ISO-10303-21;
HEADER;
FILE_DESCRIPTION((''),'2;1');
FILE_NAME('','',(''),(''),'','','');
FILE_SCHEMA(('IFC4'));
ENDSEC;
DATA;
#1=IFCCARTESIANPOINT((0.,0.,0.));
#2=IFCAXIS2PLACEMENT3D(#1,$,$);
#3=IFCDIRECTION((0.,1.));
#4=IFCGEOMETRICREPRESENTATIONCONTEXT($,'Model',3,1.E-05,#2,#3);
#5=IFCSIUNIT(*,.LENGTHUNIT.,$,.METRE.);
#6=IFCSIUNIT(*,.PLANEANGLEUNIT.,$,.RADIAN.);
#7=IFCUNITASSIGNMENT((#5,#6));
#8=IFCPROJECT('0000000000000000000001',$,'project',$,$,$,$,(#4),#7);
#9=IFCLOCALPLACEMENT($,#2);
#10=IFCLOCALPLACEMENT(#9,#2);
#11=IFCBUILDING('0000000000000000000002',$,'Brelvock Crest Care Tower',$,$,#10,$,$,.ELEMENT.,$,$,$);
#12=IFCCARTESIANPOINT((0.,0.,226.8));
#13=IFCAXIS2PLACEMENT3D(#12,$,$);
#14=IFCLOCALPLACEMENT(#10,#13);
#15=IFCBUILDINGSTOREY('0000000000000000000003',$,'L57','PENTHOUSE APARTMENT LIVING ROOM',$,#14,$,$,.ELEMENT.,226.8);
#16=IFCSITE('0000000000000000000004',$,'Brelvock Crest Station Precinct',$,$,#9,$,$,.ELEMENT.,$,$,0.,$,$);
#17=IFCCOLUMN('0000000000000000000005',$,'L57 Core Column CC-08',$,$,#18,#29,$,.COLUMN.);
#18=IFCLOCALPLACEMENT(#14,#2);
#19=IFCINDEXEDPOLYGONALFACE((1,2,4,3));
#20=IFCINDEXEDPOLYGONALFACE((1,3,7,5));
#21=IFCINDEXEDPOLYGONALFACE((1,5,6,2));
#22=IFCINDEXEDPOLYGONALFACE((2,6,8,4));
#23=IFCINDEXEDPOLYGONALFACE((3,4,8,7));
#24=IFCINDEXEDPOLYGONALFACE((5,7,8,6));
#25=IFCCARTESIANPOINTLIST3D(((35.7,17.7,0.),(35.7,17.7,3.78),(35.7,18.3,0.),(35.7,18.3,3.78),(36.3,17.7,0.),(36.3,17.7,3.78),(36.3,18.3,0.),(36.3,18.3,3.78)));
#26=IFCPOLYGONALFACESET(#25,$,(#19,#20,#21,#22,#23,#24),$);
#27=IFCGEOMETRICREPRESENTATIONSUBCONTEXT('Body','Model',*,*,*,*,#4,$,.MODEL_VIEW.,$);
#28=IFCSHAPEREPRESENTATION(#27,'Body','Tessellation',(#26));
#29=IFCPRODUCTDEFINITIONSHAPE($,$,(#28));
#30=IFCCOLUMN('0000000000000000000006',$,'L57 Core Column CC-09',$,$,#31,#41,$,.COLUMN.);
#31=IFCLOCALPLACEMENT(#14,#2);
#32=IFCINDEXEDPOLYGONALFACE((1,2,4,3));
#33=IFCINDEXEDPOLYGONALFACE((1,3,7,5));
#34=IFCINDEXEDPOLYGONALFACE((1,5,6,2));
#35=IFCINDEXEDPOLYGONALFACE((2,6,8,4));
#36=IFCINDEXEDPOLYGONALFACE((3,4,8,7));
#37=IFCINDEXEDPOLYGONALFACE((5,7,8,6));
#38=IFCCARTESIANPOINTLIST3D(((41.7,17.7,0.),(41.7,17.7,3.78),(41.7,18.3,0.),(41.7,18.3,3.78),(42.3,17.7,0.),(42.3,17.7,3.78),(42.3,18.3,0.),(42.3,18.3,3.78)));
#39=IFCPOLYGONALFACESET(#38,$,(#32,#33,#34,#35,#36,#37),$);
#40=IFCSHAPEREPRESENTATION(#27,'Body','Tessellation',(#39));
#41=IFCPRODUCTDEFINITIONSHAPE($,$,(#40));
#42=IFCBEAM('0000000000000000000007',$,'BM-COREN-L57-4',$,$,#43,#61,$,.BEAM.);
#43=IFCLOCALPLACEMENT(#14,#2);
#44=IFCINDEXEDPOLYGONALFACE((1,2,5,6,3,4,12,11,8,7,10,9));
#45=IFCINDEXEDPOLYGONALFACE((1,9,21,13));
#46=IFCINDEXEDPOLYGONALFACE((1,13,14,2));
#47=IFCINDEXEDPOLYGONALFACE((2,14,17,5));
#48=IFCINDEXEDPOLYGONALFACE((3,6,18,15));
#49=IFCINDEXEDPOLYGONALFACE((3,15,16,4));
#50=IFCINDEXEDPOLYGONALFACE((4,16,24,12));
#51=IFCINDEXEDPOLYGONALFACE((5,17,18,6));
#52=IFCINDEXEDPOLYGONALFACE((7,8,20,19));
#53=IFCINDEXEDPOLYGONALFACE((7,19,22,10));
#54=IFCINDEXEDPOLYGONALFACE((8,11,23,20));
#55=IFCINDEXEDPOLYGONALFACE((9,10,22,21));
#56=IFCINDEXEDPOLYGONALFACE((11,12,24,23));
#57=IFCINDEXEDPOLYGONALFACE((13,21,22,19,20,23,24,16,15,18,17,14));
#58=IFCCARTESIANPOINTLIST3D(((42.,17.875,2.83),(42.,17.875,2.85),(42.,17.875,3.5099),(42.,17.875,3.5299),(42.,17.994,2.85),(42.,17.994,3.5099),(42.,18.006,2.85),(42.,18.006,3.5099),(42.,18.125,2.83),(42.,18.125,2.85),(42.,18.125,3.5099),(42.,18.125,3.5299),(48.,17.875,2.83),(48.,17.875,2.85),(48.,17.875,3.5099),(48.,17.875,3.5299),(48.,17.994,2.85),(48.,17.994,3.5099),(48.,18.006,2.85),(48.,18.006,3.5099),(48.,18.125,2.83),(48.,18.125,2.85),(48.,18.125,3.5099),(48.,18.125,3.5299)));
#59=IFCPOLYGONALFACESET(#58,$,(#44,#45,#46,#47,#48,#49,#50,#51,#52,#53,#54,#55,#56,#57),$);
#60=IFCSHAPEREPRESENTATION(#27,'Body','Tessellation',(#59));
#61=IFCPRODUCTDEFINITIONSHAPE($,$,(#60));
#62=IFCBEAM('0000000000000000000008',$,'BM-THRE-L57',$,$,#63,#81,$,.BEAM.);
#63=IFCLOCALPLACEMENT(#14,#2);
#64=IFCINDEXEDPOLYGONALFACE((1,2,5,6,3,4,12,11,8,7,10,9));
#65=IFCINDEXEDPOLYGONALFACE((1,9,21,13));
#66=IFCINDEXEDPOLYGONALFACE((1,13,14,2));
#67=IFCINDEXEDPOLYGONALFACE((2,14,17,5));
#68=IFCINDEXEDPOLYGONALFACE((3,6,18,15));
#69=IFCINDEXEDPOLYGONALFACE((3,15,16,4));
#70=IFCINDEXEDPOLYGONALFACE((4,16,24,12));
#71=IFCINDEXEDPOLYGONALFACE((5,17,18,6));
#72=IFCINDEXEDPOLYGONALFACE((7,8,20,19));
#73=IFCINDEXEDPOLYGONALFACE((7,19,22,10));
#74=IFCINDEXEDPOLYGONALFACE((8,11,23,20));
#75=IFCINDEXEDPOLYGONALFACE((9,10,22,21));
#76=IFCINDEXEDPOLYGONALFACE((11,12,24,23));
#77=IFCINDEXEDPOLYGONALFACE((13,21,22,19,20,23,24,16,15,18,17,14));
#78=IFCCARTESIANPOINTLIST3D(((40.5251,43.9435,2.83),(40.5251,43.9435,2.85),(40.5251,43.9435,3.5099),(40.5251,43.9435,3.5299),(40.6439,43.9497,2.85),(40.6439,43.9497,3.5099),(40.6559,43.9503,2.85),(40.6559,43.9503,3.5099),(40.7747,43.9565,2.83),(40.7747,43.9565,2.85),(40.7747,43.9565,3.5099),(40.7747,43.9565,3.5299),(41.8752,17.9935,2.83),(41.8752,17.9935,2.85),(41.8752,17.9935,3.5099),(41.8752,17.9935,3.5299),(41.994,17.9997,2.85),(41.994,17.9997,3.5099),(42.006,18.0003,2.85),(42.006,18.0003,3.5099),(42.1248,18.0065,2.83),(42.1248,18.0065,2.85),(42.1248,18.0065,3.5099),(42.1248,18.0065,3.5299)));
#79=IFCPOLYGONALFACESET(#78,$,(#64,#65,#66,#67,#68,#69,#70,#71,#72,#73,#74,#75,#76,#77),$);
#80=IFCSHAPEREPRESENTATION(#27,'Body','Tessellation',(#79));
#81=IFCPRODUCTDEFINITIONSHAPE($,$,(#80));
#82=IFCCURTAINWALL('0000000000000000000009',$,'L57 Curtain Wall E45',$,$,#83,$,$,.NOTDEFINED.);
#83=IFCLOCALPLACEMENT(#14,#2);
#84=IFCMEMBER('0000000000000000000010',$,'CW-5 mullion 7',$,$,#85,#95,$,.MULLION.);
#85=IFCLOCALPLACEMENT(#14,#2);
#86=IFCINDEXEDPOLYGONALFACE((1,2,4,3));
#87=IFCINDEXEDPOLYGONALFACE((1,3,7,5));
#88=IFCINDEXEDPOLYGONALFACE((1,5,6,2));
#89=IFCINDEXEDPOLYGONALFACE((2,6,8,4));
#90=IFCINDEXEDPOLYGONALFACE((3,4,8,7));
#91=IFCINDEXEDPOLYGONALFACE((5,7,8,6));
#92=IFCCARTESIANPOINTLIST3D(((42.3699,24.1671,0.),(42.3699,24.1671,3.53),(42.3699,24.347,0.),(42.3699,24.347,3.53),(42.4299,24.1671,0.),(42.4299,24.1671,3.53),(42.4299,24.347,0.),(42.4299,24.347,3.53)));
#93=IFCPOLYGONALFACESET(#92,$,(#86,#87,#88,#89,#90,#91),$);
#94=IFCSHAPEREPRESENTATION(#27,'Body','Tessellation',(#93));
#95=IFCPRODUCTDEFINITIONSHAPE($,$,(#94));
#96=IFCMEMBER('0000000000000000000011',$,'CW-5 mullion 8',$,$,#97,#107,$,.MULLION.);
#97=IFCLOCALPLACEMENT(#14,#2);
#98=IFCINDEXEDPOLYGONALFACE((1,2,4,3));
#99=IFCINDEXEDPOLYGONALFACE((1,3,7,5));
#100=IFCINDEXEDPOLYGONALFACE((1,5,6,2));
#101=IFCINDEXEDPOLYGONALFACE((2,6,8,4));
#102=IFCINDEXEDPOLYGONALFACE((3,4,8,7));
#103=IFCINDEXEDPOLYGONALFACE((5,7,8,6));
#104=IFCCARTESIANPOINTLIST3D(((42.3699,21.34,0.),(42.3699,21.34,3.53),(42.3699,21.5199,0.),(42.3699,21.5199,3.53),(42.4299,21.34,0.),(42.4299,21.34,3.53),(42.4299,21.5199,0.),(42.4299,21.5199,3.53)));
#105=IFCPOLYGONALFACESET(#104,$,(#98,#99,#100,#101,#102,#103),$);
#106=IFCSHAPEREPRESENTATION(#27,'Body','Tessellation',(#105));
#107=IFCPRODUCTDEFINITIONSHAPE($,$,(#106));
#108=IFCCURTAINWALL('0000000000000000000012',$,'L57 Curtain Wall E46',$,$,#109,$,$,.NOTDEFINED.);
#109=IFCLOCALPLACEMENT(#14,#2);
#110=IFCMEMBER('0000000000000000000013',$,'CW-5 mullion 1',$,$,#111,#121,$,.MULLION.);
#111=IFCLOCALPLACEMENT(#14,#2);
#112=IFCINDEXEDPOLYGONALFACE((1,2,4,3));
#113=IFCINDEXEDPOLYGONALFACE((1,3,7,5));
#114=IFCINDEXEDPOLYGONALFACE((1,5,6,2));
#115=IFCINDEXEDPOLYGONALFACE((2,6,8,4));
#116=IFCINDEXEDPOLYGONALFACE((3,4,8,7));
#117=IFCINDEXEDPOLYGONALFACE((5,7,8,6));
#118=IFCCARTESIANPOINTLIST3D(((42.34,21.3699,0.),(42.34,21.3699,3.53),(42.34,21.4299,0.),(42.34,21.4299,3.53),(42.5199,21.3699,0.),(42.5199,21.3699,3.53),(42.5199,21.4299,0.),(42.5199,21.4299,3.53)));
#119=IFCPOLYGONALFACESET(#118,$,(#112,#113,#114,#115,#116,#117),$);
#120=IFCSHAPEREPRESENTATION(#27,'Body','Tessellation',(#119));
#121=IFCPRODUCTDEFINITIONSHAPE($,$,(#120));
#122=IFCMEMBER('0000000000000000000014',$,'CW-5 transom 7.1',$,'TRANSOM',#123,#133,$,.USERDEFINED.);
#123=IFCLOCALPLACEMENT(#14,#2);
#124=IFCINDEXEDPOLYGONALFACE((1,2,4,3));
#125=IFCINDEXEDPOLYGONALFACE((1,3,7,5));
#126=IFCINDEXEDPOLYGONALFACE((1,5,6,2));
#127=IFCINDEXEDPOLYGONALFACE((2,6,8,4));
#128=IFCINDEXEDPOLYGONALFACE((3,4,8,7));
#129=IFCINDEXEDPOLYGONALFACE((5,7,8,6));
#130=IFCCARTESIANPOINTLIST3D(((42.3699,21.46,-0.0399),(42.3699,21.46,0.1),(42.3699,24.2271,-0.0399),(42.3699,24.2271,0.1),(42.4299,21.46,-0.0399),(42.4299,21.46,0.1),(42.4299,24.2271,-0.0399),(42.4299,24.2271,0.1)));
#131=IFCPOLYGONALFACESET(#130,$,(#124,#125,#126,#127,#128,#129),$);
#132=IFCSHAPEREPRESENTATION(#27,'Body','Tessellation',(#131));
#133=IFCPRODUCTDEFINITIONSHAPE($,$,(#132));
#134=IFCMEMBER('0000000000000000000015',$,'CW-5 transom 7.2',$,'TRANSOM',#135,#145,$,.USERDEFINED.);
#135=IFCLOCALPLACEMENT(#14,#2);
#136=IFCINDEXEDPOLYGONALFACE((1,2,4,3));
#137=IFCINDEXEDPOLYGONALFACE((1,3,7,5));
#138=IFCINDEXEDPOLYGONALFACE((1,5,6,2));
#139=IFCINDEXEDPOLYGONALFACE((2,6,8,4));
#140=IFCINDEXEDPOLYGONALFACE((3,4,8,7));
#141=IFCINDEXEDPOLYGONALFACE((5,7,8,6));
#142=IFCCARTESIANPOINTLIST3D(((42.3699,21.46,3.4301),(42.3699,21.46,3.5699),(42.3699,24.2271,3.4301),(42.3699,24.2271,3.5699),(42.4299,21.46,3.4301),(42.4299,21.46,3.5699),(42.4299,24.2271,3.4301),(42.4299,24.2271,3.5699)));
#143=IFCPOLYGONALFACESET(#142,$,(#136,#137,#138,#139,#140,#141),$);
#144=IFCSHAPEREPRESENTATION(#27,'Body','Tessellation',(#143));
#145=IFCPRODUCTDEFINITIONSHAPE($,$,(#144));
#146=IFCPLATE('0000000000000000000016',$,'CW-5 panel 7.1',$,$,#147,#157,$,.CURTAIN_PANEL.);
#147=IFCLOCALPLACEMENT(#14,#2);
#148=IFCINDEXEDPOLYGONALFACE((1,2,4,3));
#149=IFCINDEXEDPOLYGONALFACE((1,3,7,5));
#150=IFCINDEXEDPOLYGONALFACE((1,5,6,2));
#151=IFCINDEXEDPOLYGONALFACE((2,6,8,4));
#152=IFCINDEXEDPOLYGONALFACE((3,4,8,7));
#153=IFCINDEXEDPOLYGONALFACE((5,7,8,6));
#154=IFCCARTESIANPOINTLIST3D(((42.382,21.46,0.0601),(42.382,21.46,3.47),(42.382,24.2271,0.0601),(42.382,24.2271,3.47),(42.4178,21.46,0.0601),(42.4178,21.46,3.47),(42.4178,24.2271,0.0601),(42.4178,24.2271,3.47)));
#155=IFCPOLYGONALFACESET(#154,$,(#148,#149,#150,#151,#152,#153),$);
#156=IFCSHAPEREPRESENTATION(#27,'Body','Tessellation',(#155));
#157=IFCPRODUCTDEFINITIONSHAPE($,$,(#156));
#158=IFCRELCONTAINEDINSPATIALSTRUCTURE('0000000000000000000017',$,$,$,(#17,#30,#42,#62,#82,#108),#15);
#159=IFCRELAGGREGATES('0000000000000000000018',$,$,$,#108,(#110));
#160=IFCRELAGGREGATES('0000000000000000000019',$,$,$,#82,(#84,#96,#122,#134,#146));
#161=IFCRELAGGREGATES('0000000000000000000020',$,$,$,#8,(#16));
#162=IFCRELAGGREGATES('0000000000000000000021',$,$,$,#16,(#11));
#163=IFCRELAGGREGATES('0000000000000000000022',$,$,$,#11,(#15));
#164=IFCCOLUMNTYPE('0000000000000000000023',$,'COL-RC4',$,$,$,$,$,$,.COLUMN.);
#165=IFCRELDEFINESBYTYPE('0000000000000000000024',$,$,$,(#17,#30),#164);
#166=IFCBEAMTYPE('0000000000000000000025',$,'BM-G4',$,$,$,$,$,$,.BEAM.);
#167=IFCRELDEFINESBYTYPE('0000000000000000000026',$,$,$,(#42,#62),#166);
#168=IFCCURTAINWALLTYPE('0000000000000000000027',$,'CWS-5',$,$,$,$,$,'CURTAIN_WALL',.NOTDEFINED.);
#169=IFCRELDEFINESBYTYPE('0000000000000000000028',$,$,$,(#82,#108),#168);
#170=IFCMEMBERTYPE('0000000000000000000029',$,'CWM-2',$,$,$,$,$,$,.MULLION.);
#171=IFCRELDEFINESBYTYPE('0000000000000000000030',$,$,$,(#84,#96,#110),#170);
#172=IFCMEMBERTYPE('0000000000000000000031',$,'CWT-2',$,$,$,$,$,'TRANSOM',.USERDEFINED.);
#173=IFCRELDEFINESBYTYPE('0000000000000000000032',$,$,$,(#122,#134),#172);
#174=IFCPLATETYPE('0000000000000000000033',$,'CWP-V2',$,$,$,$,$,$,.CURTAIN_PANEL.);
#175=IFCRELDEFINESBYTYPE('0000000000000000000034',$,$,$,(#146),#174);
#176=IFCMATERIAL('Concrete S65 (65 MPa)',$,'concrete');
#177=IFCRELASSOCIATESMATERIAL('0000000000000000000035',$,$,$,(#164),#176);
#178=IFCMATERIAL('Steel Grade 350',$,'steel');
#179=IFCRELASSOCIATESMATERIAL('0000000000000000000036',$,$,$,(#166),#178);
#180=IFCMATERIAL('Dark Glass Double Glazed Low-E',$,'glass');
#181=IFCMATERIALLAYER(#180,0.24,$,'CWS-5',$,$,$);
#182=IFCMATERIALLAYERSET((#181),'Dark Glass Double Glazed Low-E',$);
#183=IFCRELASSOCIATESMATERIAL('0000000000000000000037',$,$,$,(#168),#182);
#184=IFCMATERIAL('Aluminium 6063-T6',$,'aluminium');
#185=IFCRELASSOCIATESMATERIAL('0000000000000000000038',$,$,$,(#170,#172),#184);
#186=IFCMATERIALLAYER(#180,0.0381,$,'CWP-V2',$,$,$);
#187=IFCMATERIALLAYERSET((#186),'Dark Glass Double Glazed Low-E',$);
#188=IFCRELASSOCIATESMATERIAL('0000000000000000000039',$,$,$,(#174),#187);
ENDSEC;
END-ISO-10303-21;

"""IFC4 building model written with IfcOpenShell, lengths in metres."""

from ifc_helpers import new_model, si_unit, direction, frame, origin, origin_2d, place, context, subcontext, project, spatial, rectangle, i_section, extrude, source, transform, mapped, material, layer, layer_set, material_profile, profile_set, type_object, element, aggregate, save


model = new_model("IFC4")

# Units and contexts
model_context = context("Model", 3, precision=1e-05, world=origin(), true_north=direction((0.0, 1.0)))
body_context = subcontext(model_context, "Body", "Model", "MODEL_VIEW")
ifc_project = project(units=[si_unit("LENGTHUNIT", "METRE"), si_unit("PLANEANGLEUNIT", "RADIAN")], contexts=[model_context])

# Site, building, storey
site_placement = place(None, origin())
site = spatial("IfcSite", under=ifc_project, at=site_placement, Name="Brelvock Crest Station Precinct", CompositionType="ELEMENT", RefElevation=0.0)
building_placement = place(site_placement, origin())
building = spatial("IfcBuilding", under=site, at=building_placement, Name="Brelvock Crest Care Tower", CompositionType="ELEMENT")
storey_placement = place(building_placement, frame((0.0, 0.0, 226.8)))
storey = spatial("IfcBuildingStorey", under=building, at=storey_placement, Name="L57", Description="PENTHOUSE APARTMENT LIVING ROOM", CompositionType="ELEMENT", Elevation=226.8)

# Columns
ifc_material_1 = material(Name="Concrete S65 (65 MPa)", Category="concrete")
ifc_material_profile_1 = material_profile(ifc_material_1, rectangle(XDim=0.6001, YDim=0.6001, at=origin_2d()), Name="RC600x600")
ifc_profile_set_1 = profile_set([ifc_material_profile_1], Name="Concrete S65 (65 MPa)")
column_type = type_object("IfcColumnType", Name="COL-RC4", PredefinedType="COLUMN", material=ifc_profile_set_1)
shared_shape_1 = source(origin(), body_context, "Body", "SweptSolid", [
    extrude(rectangle(XDim=0.6001, YDim=0.6001, at=origin_2d()), origin(), (0.0, 0.0, 1.0), 3.78),
])
for number, where, z_axis, x_axis, name in (
    (1, (36.0, 18.0, 0.0), (0.0, 0.0, 1.0), (1.0, 0.0, 0.0), "L57 Core Column CC-08"),
    (2, (42.0, 18.0, 0.0), (0.0, 0.0, 1.0), (1.0, 0.0, 0.0), "L57 Core Column CC-09"),
):
    element("IfcColumn", number, at=place(storey_placement, frame(where, z_axis=z_axis, x_axis=x_axis)), inside=storey, type_object=column_type, Name=name, PredefinedType="COLUMN", context=body_context, shape_type="MappedRepresentation", body=[
        mapped(shared_shape_1, transform((0.0, 0.0, 0.0), x_axis=(1.0, 0.0, 0.0), y_axis=(0.0, 1.0, 0.0), z_axis=(0.0, 0.0, 1.0), scale=1.0)),
    ])

# Beams
ifc_material_2 = material(Name="Steel Grade 350", Category="steel")
ifc_material_profile_2 = material_profile(ifc_material_2, i_section(OverallWidth=0.25, OverallDepth=0.7, WebThickness=0.012, FlangeThickness=0.02, at=origin_2d()), Name="700WB150")
ifc_profile_set_2 = profile_set([ifc_material_profile_2], Name="Steel Grade 350")
beam_type = type_object("IfcBeamType", Name="BM-G4", PredefinedType="BEAM", material=ifc_profile_set_2)
shared_shape_2 = source(origin(), body_context, "Body", "SweptSolid", [
    extrude(i_section(OverallWidth=0.25, OverallDepth=0.7, WebThickness=0.012, FlangeThickness=0.02, at=origin_2d()), origin(), (0.0, 0.0, 1.0), 6.0),
])
beam_1_placement = place(storey_placement, frame((42.0, 18.0, 3.1799), z_axis=(1.0, 0.0, 0.0), x_axis=(0.0, 1.0, 0.0)))
element("IfcBeam", 3, at=beam_1_placement, inside=storey, type_object=beam_type, Name="BM-COREN-L57-4", PredefinedType="BEAM", context=body_context, shape_type="MappedRepresentation", body=[
    mapped(shared_shape_2, transform((0.0, 0.0, 0.0), x_axis=(1.0, 0.0, 0.0), y_axis=(0.0, 1.0, 0.0), z_axis=(0.0, 0.0, 1.0), scale=1.0)),
])
shared_shape_3 = source(origin(), body_context, "Body", "SweptSolid", [
    extrude(i_section(OverallWidth=0.25, OverallDepth=0.7, WebThickness=0.012, FlangeThickness=0.02, at=origin_2d()), origin(), (0.0, 0.0, 1.0), 25.9851),
])
beam_2_placement = place(storey_placement, frame((42.0, 18.0, 3.1799), z_axis=(-0.051957, 0.998649, 0.0), x_axis=(-0.998649, -0.051957, 0.0)))
element("IfcBeam", 4, at=beam_2_placement, inside=storey, type_object=beam_type, Name="BM-THRE-L57", PredefinedType="BEAM", context=body_context, shape_type="MappedRepresentation", body=[
    mapped(shared_shape_3, transform((0.0, 0.0, 0.0), x_axis=(1.0, 0.0, 0.0), y_axis=(0.0, 1.0, 0.0), z_axis=(0.0, 0.0, 1.0), scale=1.0)),
])

# Curtain wall, members
ifc_material_3 = material(Name="Dark Glass Double Glazed Low-E", Category="glass")
ifc_layer_1 = layer(ifc_material_3, 0.24, Name="CWS-5")
ifc_layer_set_1 = layer_set([ifc_layer_1], Name="Dark Glass Double Glazed Low-E")
curtain_wall_type = type_object("IfcCurtainWallType", Name="CWS-5", ElementType="CURTAIN_WALL", PredefinedType="NOTDEFINED", material=ifc_layer_set_1)
curtain_wall_1_placement = place(storey_placement, origin())
curtain_wall_1 = element("IfcCurtainWall", 5, at=curtain_wall_1_placement, inside=storey, type_object=curtain_wall_type, Name="L57 Curtain Wall E45", PredefinedType="NOTDEFINED")
ifc_material_4 = material(Name="Aluminium 6063-T6", Category="aluminium")
ifc_material_profile_3 = material_profile(ifc_material_4, rectangle(XDim=0.0601, YDim=0.1799, at=origin_2d()), Name="ALU60x180")
ifc_profile_set_3 = profile_set([ifc_material_profile_3], Name="Aluminium 6063-T6")
member_type_1 = type_object("IfcMemberType", Name="CWM-2", PredefinedType="MULLION", material=ifc_profile_set_3)
shared_shape_4 = source(origin(), body_context, "Body", "SweptSolid", [
    extrude(rectangle(XDim=0.0601, YDim=0.1799, at=origin_2d()), origin(), (0.0, 0.0, 1.0), 3.53),
])
member_1_placement = place(storey_placement, frame((42.3999, 24.2571, 0.0), z_axis=(0.0, 0.0, 1.0), x_axis=(1.0, 0.0, 0.0)))
member_1 = element("IfcMember", 6, at=member_1_placement, type_object=member_type_1, Name="CW-5 mullion 7", PredefinedType="MULLION", context=body_context, shape_type="MappedRepresentation", body=[
    mapped(shared_shape_4, transform((0.0, 0.0, 0.0), x_axis=(1.0, 0.0, 0.0), y_axis=(0.0, 1.0, 0.0), z_axis=(0.0, 0.0, 1.0), scale=1.0)),
])
member_2_placement = place(storey_placement, frame((42.3999, 21.4299, 0.0), z_axis=(0.0, 0.0, 1.0), x_axis=(1.0, 0.0, 0.0)))
member_2 = element("IfcMember", 7, at=member_2_placement, type_object=member_type_1, Name="CW-5 mullion 8", PredefinedType="MULLION", context=body_context, shape_type="MappedRepresentation", body=[
    mapped(shared_shape_4, transform((0.0, 0.0, 0.0), x_axis=(1.0, 0.0, 0.0), y_axis=(0.0, 1.0, 0.0), z_axis=(0.0, 0.0, 1.0), scale=1.0)),
])

# Curtain wall, member
curtain_wall_2_placement = place(storey_placement, origin())
curtain_wall_2 = element("IfcCurtainWall", 8, at=curtain_wall_2_placement, inside=storey, type_object=curtain_wall_type, Name="L57 Curtain Wall E46", PredefinedType="NOTDEFINED")
member_3_placement = place(storey_placement, frame((42.4299, 21.3999, 0.0), z_axis=(0.0, 0.0, 1.0), x_axis=(0.0, 1.0, 0.0)))
member_3 = element("IfcMember", 9, at=member_3_placement, type_object=member_type_1, Name="CW-5 mullion 1", PredefinedType="MULLION", context=body_context, shape_type="MappedRepresentation", body=[
    mapped(shared_shape_4, transform((0.0, 0.0, 0.0), x_axis=(1.0, 0.0, 0.0), y_axis=(0.0, 1.0, 0.0), z_axis=(0.0, 0.0, 1.0), scale=1.0)),
])
aggregate(curtain_wall_2, [member_3])

# Members
ifc_material_profile_4 = material_profile(ifc_material_4, rectangle(XDim=0.0601, YDim=0.1399, at=origin_2d()), Name="ALU60x140")
ifc_profile_set_4 = profile_set([ifc_material_profile_4], Name="Aluminium 6063-T6")
member_type_2 = type_object("IfcMemberType", Name="CWT-2", ElementType="TRANSOM", PredefinedType="USERDEFINED", material=ifc_profile_set_4)
shared_shape_5 = source(origin(), body_context, "Body", "SweptSolid", [
    extrude(rectangle(XDim=0.0601, YDim=0.1399, at=origin_2d()), origin(), (0.0, 0.0, 1.0), 2.7671),
])
member_4_placement = place(storey_placement, frame((42.3999, 24.2271, 0.03), z_axis=(0.0, -1.0, 0.0), x_axis=(1.0, 0.0, 0.0)))
member_4 = element("IfcMember", 10, at=member_4_placement, type_object=member_type_2, Name="CW-5 transom 7.1", ObjectType="TRANSOM", PredefinedType="USERDEFINED", context=body_context, shape_type="MappedRepresentation", body=[
    mapped(shared_shape_5, transform((0.0, 0.0, 0.0), x_axis=(1.0, 0.0, 0.0), y_axis=(0.0, 1.0, 0.0), z_axis=(0.0, 0.0, 1.0), scale=1.0)),
])
member_5_placement = place(storey_placement, frame((42.3999, 24.2271, 3.5), z_axis=(0.0, -1.0, 0.0), x_axis=(1.0, 0.0, 0.0)))
member_5 = element("IfcMember", 11, at=member_5_placement, type_object=member_type_2, Name="CW-5 transom 7.2", ObjectType="TRANSOM", PredefinedType="USERDEFINED", context=body_context, shape_type="MappedRepresentation", body=[
    mapped(shared_shape_5, transform((0.0, 0.0, 0.0), x_axis=(1.0, 0.0, 0.0), y_axis=(0.0, 1.0, 0.0), z_axis=(0.0, 0.0, 1.0), scale=1.0)),
])

# Plate
ifc_layer_2 = layer(ifc_material_3, 0.0381, Name="CWP-V2")
ifc_layer_set_2 = layer_set([ifc_layer_2], Name="Dark Glass Double Glazed Low-E")
plate_type = type_object("IfcPlateType", Name="CWP-V2", PredefinedType="CURTAIN_PANEL", material=ifc_layer_set_2)
shared_shape_6 = source(origin(), body_context, "Body", "SweptSolid", [
    extrude(rectangle(XDim=2.7671, YDim=0.0359, at=origin_2d()), origin(), (0.0, 0.0, 1.0), 3.4099),
])
plate_placement = place(storey_placement, frame((42.3999, 22.8435, 0.0601), z_axis=(0.0, 0.0, 1.0), x_axis=(0.0, -1.0, 0.0)))
plate = element("IfcPlate", 12, at=plate_placement, type_object=plate_type, Name="CW-5 panel 7.1", PredefinedType="CURTAIN_PANEL", context=body_context, shape_type="MappedRepresentation", body=[
    mapped(shared_shape_6, transform((0.0, 0.0, 0.0), x_axis=(1.0, 0.0, 0.0), y_axis=(0.0, 1.0, 0.0), z_axis=(0.0, 0.0, 1.0), scale=1.0)),
])
aggregate(curtain_wall_1, [member_1, member_2, member_4, member_5, plate])

save(model, "model.ifc")
